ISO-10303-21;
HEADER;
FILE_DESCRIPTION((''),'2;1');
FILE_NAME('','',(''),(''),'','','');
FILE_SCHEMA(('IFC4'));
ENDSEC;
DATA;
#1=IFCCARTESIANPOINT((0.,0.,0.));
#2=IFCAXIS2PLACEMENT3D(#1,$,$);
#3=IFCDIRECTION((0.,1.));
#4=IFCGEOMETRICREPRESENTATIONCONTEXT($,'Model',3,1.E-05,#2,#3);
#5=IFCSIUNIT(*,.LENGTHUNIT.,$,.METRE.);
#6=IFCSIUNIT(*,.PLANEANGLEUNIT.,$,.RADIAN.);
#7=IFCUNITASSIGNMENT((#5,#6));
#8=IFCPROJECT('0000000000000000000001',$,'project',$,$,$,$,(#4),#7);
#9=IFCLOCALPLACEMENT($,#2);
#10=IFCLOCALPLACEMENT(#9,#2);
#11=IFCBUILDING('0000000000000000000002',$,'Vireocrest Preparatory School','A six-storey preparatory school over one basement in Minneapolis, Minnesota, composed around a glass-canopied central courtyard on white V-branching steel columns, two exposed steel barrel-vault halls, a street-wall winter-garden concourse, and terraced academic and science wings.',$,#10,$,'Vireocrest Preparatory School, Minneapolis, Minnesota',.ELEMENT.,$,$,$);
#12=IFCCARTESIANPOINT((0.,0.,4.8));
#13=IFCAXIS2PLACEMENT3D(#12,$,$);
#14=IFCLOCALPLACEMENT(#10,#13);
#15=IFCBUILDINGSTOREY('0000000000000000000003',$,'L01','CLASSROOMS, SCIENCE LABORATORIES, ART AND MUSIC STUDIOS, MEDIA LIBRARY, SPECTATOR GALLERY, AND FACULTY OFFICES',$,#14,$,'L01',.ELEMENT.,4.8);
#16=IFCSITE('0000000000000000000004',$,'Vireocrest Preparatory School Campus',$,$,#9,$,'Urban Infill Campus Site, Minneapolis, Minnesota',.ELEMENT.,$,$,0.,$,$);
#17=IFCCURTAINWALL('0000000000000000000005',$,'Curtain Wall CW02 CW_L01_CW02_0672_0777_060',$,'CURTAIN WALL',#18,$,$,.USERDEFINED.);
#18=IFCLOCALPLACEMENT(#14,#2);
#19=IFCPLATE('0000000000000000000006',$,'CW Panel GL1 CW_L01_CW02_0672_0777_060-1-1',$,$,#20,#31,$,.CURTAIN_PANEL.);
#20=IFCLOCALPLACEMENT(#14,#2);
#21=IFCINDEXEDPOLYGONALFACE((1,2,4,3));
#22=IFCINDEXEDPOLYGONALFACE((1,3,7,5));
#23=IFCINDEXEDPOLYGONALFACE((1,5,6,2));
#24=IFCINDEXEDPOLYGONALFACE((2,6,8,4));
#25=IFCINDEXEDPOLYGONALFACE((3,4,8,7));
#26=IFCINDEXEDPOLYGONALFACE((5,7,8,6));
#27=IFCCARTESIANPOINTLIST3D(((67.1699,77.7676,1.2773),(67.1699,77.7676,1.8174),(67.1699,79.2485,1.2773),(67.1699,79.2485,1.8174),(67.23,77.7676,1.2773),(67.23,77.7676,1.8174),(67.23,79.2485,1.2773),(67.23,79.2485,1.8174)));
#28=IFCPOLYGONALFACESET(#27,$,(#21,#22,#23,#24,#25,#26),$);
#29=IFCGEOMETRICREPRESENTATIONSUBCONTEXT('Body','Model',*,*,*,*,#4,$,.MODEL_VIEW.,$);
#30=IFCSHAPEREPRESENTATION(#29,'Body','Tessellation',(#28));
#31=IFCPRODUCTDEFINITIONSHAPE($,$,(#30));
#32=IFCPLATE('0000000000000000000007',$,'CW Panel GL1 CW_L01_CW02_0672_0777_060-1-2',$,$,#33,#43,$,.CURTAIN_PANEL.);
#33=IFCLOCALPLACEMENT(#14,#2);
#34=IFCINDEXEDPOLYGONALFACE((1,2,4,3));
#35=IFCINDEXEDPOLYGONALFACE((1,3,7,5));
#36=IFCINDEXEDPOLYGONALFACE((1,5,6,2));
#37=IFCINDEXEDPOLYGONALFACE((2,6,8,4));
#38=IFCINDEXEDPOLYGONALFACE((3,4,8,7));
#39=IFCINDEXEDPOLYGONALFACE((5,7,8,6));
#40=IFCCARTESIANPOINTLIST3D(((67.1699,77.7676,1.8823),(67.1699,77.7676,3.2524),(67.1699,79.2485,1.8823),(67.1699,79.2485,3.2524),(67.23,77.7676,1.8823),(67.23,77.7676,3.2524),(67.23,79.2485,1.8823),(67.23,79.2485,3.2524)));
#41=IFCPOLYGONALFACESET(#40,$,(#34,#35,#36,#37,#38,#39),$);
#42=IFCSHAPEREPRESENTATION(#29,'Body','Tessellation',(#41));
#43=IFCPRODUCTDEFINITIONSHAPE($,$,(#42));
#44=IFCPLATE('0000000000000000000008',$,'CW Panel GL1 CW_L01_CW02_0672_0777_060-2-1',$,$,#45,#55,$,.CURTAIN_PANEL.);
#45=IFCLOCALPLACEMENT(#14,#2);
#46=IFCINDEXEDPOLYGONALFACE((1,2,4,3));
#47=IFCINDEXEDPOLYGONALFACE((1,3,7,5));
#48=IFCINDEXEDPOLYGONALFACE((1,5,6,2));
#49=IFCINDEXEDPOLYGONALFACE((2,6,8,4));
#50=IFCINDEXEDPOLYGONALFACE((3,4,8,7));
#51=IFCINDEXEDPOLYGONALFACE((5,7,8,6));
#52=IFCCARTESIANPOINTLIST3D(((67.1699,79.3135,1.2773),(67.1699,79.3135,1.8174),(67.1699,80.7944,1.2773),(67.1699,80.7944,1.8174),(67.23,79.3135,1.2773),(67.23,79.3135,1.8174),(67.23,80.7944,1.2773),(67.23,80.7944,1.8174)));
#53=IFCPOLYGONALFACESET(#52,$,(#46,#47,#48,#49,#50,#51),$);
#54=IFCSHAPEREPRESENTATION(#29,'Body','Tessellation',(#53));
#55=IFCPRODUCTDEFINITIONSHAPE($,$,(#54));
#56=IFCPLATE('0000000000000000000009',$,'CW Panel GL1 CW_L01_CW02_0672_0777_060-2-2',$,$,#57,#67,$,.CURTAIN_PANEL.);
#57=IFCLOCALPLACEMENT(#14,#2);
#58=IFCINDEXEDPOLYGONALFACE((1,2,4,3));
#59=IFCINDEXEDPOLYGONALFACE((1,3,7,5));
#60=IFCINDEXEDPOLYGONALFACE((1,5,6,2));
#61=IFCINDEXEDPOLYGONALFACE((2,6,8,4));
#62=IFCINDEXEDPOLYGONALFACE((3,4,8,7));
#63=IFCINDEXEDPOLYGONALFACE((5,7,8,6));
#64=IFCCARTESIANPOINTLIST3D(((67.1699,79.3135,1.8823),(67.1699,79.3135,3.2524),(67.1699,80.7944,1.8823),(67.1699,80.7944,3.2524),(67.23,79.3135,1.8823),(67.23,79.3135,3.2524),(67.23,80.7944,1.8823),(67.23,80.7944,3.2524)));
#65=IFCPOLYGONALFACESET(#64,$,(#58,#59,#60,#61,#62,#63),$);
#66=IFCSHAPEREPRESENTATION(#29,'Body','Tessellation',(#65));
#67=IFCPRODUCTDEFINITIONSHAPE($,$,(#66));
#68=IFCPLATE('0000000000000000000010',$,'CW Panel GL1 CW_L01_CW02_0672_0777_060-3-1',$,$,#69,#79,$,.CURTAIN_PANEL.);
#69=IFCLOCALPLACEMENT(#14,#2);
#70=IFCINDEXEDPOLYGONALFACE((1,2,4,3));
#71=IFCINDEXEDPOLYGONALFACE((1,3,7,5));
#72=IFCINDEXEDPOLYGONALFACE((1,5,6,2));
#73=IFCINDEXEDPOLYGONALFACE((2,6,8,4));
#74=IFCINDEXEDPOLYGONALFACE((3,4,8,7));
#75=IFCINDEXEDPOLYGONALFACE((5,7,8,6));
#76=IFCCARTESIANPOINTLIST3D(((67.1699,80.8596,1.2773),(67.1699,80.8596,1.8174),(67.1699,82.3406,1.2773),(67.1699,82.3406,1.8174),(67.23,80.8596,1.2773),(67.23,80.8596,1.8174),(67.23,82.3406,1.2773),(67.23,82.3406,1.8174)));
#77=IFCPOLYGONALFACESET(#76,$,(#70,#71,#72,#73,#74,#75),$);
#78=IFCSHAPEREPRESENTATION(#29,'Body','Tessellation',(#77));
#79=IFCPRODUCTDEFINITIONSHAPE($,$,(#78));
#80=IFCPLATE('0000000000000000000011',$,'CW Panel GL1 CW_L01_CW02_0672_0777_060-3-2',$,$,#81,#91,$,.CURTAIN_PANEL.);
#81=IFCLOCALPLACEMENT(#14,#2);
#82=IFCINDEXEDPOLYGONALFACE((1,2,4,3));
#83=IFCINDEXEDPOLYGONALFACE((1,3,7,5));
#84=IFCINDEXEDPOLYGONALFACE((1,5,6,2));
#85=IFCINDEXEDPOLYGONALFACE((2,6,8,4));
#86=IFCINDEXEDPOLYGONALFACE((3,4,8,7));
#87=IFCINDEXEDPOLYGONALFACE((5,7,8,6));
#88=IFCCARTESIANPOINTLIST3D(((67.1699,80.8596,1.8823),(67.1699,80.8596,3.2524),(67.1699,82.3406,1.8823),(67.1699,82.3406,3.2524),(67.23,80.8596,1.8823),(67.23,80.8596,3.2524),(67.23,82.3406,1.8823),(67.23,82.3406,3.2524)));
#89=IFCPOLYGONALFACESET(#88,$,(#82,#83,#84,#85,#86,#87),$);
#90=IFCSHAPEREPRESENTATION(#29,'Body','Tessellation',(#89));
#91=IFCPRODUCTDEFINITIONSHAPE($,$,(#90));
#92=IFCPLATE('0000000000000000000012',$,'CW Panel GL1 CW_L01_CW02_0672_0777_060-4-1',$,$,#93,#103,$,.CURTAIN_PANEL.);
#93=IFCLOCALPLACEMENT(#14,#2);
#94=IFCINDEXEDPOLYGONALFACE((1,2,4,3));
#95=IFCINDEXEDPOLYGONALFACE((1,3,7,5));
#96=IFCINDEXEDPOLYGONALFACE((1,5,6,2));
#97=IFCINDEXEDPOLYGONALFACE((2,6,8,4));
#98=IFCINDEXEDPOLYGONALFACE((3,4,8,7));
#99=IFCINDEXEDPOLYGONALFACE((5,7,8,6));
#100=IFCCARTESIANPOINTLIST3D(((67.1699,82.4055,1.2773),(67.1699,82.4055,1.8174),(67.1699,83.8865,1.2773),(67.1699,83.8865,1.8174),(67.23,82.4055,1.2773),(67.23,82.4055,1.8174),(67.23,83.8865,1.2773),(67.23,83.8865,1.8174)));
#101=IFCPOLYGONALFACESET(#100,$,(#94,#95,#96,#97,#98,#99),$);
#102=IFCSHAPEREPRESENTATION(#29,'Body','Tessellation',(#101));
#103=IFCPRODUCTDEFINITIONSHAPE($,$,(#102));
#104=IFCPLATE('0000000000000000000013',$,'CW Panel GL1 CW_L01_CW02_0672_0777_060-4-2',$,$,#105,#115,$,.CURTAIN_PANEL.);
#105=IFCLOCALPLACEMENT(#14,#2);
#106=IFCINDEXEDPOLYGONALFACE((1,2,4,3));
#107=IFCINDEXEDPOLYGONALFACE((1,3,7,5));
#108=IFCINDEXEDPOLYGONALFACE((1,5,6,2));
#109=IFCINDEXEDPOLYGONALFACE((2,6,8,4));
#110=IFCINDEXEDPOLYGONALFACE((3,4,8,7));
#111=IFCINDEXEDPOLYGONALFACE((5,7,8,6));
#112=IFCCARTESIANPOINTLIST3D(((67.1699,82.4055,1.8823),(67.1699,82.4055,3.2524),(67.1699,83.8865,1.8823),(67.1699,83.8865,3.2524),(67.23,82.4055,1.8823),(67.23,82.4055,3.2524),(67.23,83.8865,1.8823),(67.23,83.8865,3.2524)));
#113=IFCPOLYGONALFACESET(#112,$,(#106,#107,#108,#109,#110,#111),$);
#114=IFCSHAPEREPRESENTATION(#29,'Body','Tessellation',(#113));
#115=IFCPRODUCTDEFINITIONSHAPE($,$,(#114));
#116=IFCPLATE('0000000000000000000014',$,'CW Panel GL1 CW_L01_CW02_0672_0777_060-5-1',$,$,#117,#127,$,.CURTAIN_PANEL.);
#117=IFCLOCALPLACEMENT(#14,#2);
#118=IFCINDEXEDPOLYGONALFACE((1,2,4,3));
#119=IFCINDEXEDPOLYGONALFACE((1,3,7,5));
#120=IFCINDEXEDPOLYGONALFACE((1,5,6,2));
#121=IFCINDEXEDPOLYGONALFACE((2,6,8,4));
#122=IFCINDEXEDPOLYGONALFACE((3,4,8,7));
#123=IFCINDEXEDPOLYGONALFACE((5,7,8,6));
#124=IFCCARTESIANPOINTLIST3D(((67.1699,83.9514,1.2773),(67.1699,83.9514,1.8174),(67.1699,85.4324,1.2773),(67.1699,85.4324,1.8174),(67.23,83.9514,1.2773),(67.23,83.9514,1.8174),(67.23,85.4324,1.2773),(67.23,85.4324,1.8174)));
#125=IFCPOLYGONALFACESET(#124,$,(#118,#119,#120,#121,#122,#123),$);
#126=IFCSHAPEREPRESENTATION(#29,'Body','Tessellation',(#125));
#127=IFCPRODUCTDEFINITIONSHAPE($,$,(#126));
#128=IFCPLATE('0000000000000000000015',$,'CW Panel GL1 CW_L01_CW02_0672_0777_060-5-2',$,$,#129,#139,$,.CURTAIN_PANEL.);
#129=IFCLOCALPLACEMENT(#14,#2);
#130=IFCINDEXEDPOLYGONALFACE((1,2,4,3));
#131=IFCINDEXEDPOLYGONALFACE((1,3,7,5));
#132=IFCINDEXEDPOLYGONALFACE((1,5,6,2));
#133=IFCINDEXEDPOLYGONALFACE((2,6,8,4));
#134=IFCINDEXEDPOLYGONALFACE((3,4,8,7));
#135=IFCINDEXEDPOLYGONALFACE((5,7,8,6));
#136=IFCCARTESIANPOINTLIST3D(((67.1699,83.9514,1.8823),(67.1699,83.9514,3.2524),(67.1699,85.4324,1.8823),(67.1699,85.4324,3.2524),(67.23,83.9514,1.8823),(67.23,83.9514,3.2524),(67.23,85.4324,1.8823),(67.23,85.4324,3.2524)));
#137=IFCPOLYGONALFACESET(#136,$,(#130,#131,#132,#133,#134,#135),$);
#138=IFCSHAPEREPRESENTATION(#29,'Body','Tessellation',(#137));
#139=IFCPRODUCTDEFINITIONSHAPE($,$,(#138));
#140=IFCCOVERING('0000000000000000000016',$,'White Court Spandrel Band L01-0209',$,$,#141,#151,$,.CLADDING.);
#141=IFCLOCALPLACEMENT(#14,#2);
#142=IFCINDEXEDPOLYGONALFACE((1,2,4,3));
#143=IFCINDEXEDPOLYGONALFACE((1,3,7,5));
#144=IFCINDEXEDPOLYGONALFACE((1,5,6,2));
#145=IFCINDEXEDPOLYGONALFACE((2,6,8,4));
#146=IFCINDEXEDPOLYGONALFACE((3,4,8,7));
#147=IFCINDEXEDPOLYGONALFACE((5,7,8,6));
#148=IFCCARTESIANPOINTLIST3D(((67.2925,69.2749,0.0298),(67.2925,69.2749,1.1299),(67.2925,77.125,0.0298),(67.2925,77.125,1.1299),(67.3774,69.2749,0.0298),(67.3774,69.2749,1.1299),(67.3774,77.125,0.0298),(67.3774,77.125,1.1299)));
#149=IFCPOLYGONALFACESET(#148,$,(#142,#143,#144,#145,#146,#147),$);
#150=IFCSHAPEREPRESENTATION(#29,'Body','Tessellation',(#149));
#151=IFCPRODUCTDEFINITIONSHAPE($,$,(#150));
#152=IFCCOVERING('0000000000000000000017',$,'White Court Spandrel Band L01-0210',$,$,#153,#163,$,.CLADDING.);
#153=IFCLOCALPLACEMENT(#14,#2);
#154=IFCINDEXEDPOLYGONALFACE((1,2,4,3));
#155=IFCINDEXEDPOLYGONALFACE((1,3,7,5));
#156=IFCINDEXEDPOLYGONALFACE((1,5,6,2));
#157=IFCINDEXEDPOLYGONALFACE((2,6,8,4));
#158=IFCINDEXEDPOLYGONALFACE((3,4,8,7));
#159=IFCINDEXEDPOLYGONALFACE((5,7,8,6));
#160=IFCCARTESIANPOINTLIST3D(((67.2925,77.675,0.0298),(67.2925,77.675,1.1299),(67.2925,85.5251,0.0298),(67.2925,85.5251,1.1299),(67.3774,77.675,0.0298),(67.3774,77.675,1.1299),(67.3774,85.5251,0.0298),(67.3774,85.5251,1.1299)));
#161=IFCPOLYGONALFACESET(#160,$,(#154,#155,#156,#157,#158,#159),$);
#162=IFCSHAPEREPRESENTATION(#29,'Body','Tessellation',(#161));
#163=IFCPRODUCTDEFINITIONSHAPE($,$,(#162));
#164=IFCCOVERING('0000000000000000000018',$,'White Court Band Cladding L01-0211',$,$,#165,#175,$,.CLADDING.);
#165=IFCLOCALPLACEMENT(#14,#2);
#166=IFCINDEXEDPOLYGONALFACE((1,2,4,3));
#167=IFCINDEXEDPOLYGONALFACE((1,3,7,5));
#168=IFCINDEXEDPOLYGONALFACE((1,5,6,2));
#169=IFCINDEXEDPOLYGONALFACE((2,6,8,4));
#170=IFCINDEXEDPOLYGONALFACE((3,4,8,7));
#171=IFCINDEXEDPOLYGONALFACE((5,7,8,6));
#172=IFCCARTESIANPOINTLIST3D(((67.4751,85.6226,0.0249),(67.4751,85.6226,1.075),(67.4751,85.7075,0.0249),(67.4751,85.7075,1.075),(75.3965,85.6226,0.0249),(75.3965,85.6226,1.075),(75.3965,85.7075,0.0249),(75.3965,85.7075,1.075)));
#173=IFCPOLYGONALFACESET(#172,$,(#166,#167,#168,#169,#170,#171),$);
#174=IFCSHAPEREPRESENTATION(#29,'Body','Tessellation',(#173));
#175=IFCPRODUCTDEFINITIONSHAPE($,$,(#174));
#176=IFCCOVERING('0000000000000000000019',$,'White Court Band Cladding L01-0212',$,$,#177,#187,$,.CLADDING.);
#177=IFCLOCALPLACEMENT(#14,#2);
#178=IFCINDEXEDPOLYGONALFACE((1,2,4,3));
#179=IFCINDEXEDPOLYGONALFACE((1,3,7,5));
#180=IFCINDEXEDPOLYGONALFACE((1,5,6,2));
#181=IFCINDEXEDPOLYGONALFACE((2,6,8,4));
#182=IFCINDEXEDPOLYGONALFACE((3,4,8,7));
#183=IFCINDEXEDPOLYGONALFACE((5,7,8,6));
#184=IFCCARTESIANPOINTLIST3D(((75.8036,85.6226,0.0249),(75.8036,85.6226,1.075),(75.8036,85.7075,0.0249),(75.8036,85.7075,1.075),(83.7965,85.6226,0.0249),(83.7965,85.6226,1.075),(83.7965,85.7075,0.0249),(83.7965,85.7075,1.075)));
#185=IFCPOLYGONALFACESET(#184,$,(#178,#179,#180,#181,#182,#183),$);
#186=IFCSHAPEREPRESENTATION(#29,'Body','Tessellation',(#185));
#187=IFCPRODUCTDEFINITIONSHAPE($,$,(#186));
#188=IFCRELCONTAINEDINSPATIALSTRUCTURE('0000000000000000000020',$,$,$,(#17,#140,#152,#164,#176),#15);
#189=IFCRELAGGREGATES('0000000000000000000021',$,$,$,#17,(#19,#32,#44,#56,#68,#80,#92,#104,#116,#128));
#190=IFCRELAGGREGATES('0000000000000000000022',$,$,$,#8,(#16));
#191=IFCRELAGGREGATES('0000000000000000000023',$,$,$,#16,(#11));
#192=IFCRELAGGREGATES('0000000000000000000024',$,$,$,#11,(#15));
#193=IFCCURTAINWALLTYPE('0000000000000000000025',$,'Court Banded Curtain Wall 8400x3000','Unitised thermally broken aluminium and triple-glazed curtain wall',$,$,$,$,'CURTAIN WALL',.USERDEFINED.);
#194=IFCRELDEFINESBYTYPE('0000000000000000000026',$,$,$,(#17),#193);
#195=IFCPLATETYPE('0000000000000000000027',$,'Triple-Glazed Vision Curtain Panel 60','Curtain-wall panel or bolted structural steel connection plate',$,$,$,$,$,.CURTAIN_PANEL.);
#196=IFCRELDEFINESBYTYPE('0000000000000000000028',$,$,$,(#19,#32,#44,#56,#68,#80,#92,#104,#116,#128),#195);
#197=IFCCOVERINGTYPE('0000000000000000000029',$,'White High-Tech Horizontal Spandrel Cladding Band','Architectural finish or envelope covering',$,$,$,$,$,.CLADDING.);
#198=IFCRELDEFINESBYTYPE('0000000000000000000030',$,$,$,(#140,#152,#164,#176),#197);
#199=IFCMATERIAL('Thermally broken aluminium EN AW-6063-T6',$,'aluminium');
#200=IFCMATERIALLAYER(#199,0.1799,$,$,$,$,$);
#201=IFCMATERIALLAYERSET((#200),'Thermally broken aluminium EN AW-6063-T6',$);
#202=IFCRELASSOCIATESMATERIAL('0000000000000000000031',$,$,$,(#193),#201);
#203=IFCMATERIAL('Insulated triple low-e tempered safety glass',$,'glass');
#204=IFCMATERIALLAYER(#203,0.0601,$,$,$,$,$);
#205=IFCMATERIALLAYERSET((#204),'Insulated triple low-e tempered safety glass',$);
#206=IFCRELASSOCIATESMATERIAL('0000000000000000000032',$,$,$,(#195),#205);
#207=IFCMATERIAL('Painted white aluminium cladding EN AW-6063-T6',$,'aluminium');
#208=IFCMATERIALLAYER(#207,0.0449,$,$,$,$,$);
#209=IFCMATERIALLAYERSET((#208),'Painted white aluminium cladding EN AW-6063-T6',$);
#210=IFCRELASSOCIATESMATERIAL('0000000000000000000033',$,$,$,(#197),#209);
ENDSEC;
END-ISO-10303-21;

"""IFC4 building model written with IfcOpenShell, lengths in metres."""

from ifc_helpers import new_model, si_unit, direction, frame, origin, origin_2d, place, context, subcontext, project, spatial, rectangle, extrude, material, layer, layer_set, type_object, element, aggregate, save


model = new_model("IFC4")

# Units and contexts
model_context = context("Model", 3, precision=1e-05, world=origin(), true_north=direction((0.0, 1.0)))
body_context = subcontext(model_context, "Body", "Model", "MODEL_VIEW")
ifc_project = project(units=[si_unit("LENGTHUNIT", "METRE"), si_unit("PLANEANGLEUNIT", "RADIAN")], contexts=[model_context])

# Site, building, storey
site_placement = place(None, origin())
site = spatial("IfcSite", under=ifc_project, at=site_placement, Name="Vireocrest Preparatory School Campus", LongName="Urban Infill Campus Site, Minneapolis, Minnesota", CompositionType="ELEMENT", RefElevation=0.0)
building_placement = place(site_placement, origin())
building = spatial("IfcBuilding", under=site, at=building_placement, Name="Vireocrest Preparatory School", Description="A six-storey preparatory school over one basement in Minneapolis, Minnesota, composed around a glass-canopied central courtyard on white V-branching steel columns, two exposed steel barrel-vault halls, a street-wall winter-garden concourse, and terraced academic and science wings.", LongName="Vireocrest Preparatory School, Minneapolis, Minnesota", CompositionType="ELEMENT")
storey_placement = place(building_placement, frame((0.0, 0.0, 4.8)))
storey = spatial("IfcBuildingStorey", under=building, at=storey_placement, Name="L01", Description="CLASSROOMS, SCIENCE LABORATORIES, ART AND MUSIC STUDIOS, MEDIA LIBRARY, SPECTATOR GALLERY, AND FACULTY OFFICES", LongName="L01", CompositionType="ELEMENT", Elevation=4.8)

# Curtain wall
ifc_material_1 = material(Name="Thermally broken aluminium EN AW-6063-T6", Category="aluminium")
ifc_layer_1 = layer(ifc_material_1, 0.1799)
ifc_layer_set_1 = layer_set([ifc_layer_1], Name="Thermally broken aluminium EN AW-6063-T6")
curtain_wall_type = type_object("IfcCurtainWallType", Name="Court Banded Curtain Wall 8400x3000", Description="Unitised thermally broken aluminium and triple-glazed curtain wall", ElementType="CURTAIN WALL", PredefinedType="USERDEFINED", material=ifc_layer_set_1)
curtain_wall_placement = place(storey_placement, origin())
curtain_wall = element("IfcCurtainWall", 1, at=curtain_wall_placement, inside=storey, type_object=curtain_wall_type, Name="Curtain Wall CW02 CW_L01_CW02_0672_0777_060", ObjectType="CURTAIN WALL", PredefinedType="USERDEFINED")

# Plates
ifc_material_2 = material(Name="Insulated triple low-e tempered safety glass", Category="glass")
ifc_layer_2 = layer(ifc_material_2, 0.0601)
ifc_layer_set_2 = layer_set([ifc_layer_2], Name="Insulated triple low-e tempered safety glass")
plate_type = type_object("IfcPlateType", Name="Triple-Glazed Vision Curtain Panel 60", Description="Curtain-wall panel or bolted structural steel connection plate", PredefinedType="CURTAIN_PANEL", material=ifc_layer_set_2)
plate_1_placement = place(storey_placement, frame((67.2, 78.5081, 1.2773), z_axis=(0.0, 0.0, 1.0), x_axis=(0.0, 1.0, 0.0)))
plate_1 = element("IfcPlate", 2, at=plate_1_placement, type_object=plate_type, Name="CW Panel GL1 CW_L01_CW02_0672_0777_060-1-1", PredefinedType="CURTAIN_PANEL", context=body_context, shape_type="SweptSolid", body=[
    extrude(rectangle(XDim=1.481, YDim=0.0601, at=origin_2d()), origin(), (0.0, 0.0, 1.0), 0.54),
])
plate_2_placement = place(storey_placement, frame((67.2, 78.5081, 1.8823), z_axis=(0.0, 0.0, 1.0), x_axis=(0.0, 1.0, 0.0)))
plate_2 = element("IfcPlate", 3, at=plate_2_placement, type_object=plate_type, Name="CW Panel GL1 CW_L01_CW02_0672_0777_060-1-2", PredefinedType="CURTAIN_PANEL", context=body_context, shape_type="SweptSolid", body=[
    extrude(rectangle(XDim=1.481, YDim=0.0601, at=origin_2d()), origin(), (0.0, 0.0, 1.0), 1.3701),
])
plate_3_placement = place(storey_placement, frame((67.2, 80.054, 1.2773), z_axis=(0.0, 0.0, 1.0), x_axis=(0.0, 1.0, 0.0)))
plate_3 = element("IfcPlate", 4, at=plate_3_placement, type_object=plate_type, Name="CW Panel GL1 CW_L01_CW02_0672_0777_060-2-1", PredefinedType="CURTAIN_PANEL", context=body_context, shape_type="SweptSolid", body=[
    extrude(rectangle(XDim=1.481, YDim=0.0601, at=origin_2d()), origin(), (0.0, 0.0, 1.0), 0.54),
])
plate_4_placement = place(storey_placement, frame((67.2, 80.054, 1.8823), z_axis=(0.0, 0.0, 1.0), x_axis=(0.0, 1.0, 0.0)))
plate_4 = element("IfcPlate", 5, at=plate_4_placement, type_object=plate_type, Name="CW Panel GL1 CW_L01_CW02_0672_0777_060-2-2", PredefinedType="CURTAIN_PANEL", context=body_context, shape_type="SweptSolid", body=[
    extrude(rectangle(XDim=1.481, YDim=0.0601, at=origin_2d()), origin(), (0.0, 0.0, 1.0), 1.3701),
])
plate_5_placement = place(storey_placement, frame((67.2, 81.6001, 1.2773), z_axis=(0.0, 0.0, 1.0), x_axis=(0.0, 1.0, 0.0)))
plate_5 = element("IfcPlate", 6, at=plate_5_placement, type_object=plate_type, Name="CW Panel GL1 CW_L01_CW02_0672_0777_060-3-1", PredefinedType="CURTAIN_PANEL", context=body_context, shape_type="SweptSolid", body=[
    extrude(rectangle(XDim=1.481, YDim=0.0601, at=origin_2d()), origin(), (0.0, 0.0, 1.0), 0.54),
])
plate_6_placement = place(storey_placement, frame((67.2, 81.6001, 1.8823), z_axis=(0.0, 0.0, 1.0), x_axis=(0.0, 1.0, 0.0)))
plate_6 = element("IfcPlate", 7, at=plate_6_placement, type_object=plate_type, Name="CW Panel GL1 CW_L01_CW02_0672_0777_060-3-2", PredefinedType="CURTAIN_PANEL", context=body_context, shape_type="SweptSolid", body=[
    extrude(rectangle(XDim=1.481, YDim=0.0601, at=origin_2d()), origin(), (0.0, 0.0, 1.0), 1.3701),
])
plate_7_placement = place(storey_placement, frame((67.2, 83.146, 1.2773), z_axis=(0.0, 0.0, 1.0), x_axis=(0.0, 1.0, 0.0)))
plate_7 = element("IfcPlate", 8, at=plate_7_placement, type_object=plate_type, Name="CW Panel GL1 CW_L01_CW02_0672_0777_060-4-1", PredefinedType="CURTAIN_PANEL", context=body_context, shape_type="SweptSolid", body=[
    extrude(rectangle(XDim=1.481, YDim=0.0601, at=origin_2d()), origin(), (0.0, 0.0, 1.0), 0.54),
])
plate_8_placement = place(storey_placement, frame((67.2, 83.146, 1.8823), z_axis=(0.0, 0.0, 1.0), x_axis=(0.0, 1.0, 0.0)))
plate_8 = element("IfcPlate", 9, at=plate_8_placement, type_object=plate_type, Name="CW Panel GL1 CW_L01_CW02_0672_0777_060-4-2", PredefinedType="CURTAIN_PANEL", context=body_context, shape_type="SweptSolid", body=[
    extrude(rectangle(XDim=1.481, YDim=0.0601, at=origin_2d()), origin(), (0.0, 0.0, 1.0), 1.3701),
])
plate_9_placement = place(storey_placement, frame((67.2, 84.6919, 1.2773), z_axis=(0.0, 0.0, 1.0), x_axis=(0.0, 1.0, 0.0)))
plate_9 = element("IfcPlate", 10, at=plate_9_placement, type_object=plate_type, Name="CW Panel GL1 CW_L01_CW02_0672_0777_060-5-1", PredefinedType="CURTAIN_PANEL", context=body_context, shape_type="SweptSolid", body=[
    extrude(rectangle(XDim=1.481, YDim=0.0601, at=origin_2d()), origin(), (0.0, 0.0, 1.0), 0.54),
])
plate_10_placement = place(storey_placement, frame((67.2, 84.6919, 1.8823), z_axis=(0.0, 0.0, 1.0), x_axis=(0.0, 1.0, 0.0)))
plate_10 = element("IfcPlate", 11, at=plate_10_placement, type_object=plate_type, Name="CW Panel GL1 CW_L01_CW02_0672_0777_060-5-2", PredefinedType="CURTAIN_PANEL", context=body_context, shape_type="SweptSolid", body=[
    extrude(rectangle(XDim=1.481, YDim=0.0601, at=origin_2d()), origin(), (0.0, 0.0, 1.0), 1.3701),
])
aggregate(curtain_wall, [plate_1, plate_2, plate_3, plate_4, plate_5, plate_6, plate_7, plate_8, plate_9, plate_10])

# Coverings
ifc_material_3 = material(Name="Painted white aluminium cladding EN AW-6063-T6", Category="aluminium")
ifc_layer_3 = layer(ifc_material_3, 0.0449)
ifc_layer_set_3 = layer_set([ifc_layer_3], Name="Painted white aluminium cladding EN AW-6063-T6")
covering_type = type_object("IfcCoveringType", Name="White High-Tech Horizontal Spandrel Cladding Band", Description="Architectural finish or envelope covering", PredefinedType="CLADDING", material=ifc_layer_set_3)
for number, where, z_axis, x_axis, name in (
    (12, (67.335, 73.2, 0.0298), (0.0, 0.0, 1.0), (1.0, 0.0, 0.0), "White Court Spandrel Band L01-0209"),
    (13, (67.335, 81.6001, 0.0298), (0.0, 0.0, 1.0), (1.0, 0.0, 0.0), "White Court Spandrel Band L01-0210"),
):
    element("IfcCovering", number, at=place(storey_placement, frame(where, z_axis=z_axis, x_axis=x_axis)), inside=storey, type_object=covering_type, Name=name, PredefinedType="CLADDING", context=body_context, shape_type="SweptSolid", body=[
        extrude(rectangle(XDim=0.085, YDim=7.8501, at=origin_2d()), origin(), (0.0, 0.0, 1.0), 1.1001),
    ])
covering_1_placement = place(storey_placement, frame((71.4358, 85.665, 0.0249), z_axis=(0.0, 0.0, 1.0), x_axis=(1.0, 0.0, 0.0)))
element("IfcCovering", 14, at=covering_1_placement, inside=storey, type_object=covering_type, Name="White Court Band Cladding L01-0211", PredefinedType="CLADDING", context=body_context, shape_type="SweptSolid", body=[
    extrude(rectangle(XDim=7.9214, YDim=0.085, at=origin_2d()), origin(), (0.0, 0.0, 1.0), 1.05),
])
covering_2_placement = place(storey_placement, frame((79.8, 85.665, 0.0249), z_axis=(0.0, 0.0, 1.0), x_axis=(1.0, 0.0, 0.0)))
element("IfcCovering", 15, at=covering_2_placement, inside=storey, type_object=covering_type, Name="White Court Band Cladding L01-0212", PredefinedType="CLADDING", context=body_context, shape_type="SweptSolid", body=[
    extrude(rectangle(XDim=7.9929, YDim=0.085, at=origin_2d()), origin(), (0.0, 0.0, 1.0), 1.05),
])

save(model, "model.ifc")
